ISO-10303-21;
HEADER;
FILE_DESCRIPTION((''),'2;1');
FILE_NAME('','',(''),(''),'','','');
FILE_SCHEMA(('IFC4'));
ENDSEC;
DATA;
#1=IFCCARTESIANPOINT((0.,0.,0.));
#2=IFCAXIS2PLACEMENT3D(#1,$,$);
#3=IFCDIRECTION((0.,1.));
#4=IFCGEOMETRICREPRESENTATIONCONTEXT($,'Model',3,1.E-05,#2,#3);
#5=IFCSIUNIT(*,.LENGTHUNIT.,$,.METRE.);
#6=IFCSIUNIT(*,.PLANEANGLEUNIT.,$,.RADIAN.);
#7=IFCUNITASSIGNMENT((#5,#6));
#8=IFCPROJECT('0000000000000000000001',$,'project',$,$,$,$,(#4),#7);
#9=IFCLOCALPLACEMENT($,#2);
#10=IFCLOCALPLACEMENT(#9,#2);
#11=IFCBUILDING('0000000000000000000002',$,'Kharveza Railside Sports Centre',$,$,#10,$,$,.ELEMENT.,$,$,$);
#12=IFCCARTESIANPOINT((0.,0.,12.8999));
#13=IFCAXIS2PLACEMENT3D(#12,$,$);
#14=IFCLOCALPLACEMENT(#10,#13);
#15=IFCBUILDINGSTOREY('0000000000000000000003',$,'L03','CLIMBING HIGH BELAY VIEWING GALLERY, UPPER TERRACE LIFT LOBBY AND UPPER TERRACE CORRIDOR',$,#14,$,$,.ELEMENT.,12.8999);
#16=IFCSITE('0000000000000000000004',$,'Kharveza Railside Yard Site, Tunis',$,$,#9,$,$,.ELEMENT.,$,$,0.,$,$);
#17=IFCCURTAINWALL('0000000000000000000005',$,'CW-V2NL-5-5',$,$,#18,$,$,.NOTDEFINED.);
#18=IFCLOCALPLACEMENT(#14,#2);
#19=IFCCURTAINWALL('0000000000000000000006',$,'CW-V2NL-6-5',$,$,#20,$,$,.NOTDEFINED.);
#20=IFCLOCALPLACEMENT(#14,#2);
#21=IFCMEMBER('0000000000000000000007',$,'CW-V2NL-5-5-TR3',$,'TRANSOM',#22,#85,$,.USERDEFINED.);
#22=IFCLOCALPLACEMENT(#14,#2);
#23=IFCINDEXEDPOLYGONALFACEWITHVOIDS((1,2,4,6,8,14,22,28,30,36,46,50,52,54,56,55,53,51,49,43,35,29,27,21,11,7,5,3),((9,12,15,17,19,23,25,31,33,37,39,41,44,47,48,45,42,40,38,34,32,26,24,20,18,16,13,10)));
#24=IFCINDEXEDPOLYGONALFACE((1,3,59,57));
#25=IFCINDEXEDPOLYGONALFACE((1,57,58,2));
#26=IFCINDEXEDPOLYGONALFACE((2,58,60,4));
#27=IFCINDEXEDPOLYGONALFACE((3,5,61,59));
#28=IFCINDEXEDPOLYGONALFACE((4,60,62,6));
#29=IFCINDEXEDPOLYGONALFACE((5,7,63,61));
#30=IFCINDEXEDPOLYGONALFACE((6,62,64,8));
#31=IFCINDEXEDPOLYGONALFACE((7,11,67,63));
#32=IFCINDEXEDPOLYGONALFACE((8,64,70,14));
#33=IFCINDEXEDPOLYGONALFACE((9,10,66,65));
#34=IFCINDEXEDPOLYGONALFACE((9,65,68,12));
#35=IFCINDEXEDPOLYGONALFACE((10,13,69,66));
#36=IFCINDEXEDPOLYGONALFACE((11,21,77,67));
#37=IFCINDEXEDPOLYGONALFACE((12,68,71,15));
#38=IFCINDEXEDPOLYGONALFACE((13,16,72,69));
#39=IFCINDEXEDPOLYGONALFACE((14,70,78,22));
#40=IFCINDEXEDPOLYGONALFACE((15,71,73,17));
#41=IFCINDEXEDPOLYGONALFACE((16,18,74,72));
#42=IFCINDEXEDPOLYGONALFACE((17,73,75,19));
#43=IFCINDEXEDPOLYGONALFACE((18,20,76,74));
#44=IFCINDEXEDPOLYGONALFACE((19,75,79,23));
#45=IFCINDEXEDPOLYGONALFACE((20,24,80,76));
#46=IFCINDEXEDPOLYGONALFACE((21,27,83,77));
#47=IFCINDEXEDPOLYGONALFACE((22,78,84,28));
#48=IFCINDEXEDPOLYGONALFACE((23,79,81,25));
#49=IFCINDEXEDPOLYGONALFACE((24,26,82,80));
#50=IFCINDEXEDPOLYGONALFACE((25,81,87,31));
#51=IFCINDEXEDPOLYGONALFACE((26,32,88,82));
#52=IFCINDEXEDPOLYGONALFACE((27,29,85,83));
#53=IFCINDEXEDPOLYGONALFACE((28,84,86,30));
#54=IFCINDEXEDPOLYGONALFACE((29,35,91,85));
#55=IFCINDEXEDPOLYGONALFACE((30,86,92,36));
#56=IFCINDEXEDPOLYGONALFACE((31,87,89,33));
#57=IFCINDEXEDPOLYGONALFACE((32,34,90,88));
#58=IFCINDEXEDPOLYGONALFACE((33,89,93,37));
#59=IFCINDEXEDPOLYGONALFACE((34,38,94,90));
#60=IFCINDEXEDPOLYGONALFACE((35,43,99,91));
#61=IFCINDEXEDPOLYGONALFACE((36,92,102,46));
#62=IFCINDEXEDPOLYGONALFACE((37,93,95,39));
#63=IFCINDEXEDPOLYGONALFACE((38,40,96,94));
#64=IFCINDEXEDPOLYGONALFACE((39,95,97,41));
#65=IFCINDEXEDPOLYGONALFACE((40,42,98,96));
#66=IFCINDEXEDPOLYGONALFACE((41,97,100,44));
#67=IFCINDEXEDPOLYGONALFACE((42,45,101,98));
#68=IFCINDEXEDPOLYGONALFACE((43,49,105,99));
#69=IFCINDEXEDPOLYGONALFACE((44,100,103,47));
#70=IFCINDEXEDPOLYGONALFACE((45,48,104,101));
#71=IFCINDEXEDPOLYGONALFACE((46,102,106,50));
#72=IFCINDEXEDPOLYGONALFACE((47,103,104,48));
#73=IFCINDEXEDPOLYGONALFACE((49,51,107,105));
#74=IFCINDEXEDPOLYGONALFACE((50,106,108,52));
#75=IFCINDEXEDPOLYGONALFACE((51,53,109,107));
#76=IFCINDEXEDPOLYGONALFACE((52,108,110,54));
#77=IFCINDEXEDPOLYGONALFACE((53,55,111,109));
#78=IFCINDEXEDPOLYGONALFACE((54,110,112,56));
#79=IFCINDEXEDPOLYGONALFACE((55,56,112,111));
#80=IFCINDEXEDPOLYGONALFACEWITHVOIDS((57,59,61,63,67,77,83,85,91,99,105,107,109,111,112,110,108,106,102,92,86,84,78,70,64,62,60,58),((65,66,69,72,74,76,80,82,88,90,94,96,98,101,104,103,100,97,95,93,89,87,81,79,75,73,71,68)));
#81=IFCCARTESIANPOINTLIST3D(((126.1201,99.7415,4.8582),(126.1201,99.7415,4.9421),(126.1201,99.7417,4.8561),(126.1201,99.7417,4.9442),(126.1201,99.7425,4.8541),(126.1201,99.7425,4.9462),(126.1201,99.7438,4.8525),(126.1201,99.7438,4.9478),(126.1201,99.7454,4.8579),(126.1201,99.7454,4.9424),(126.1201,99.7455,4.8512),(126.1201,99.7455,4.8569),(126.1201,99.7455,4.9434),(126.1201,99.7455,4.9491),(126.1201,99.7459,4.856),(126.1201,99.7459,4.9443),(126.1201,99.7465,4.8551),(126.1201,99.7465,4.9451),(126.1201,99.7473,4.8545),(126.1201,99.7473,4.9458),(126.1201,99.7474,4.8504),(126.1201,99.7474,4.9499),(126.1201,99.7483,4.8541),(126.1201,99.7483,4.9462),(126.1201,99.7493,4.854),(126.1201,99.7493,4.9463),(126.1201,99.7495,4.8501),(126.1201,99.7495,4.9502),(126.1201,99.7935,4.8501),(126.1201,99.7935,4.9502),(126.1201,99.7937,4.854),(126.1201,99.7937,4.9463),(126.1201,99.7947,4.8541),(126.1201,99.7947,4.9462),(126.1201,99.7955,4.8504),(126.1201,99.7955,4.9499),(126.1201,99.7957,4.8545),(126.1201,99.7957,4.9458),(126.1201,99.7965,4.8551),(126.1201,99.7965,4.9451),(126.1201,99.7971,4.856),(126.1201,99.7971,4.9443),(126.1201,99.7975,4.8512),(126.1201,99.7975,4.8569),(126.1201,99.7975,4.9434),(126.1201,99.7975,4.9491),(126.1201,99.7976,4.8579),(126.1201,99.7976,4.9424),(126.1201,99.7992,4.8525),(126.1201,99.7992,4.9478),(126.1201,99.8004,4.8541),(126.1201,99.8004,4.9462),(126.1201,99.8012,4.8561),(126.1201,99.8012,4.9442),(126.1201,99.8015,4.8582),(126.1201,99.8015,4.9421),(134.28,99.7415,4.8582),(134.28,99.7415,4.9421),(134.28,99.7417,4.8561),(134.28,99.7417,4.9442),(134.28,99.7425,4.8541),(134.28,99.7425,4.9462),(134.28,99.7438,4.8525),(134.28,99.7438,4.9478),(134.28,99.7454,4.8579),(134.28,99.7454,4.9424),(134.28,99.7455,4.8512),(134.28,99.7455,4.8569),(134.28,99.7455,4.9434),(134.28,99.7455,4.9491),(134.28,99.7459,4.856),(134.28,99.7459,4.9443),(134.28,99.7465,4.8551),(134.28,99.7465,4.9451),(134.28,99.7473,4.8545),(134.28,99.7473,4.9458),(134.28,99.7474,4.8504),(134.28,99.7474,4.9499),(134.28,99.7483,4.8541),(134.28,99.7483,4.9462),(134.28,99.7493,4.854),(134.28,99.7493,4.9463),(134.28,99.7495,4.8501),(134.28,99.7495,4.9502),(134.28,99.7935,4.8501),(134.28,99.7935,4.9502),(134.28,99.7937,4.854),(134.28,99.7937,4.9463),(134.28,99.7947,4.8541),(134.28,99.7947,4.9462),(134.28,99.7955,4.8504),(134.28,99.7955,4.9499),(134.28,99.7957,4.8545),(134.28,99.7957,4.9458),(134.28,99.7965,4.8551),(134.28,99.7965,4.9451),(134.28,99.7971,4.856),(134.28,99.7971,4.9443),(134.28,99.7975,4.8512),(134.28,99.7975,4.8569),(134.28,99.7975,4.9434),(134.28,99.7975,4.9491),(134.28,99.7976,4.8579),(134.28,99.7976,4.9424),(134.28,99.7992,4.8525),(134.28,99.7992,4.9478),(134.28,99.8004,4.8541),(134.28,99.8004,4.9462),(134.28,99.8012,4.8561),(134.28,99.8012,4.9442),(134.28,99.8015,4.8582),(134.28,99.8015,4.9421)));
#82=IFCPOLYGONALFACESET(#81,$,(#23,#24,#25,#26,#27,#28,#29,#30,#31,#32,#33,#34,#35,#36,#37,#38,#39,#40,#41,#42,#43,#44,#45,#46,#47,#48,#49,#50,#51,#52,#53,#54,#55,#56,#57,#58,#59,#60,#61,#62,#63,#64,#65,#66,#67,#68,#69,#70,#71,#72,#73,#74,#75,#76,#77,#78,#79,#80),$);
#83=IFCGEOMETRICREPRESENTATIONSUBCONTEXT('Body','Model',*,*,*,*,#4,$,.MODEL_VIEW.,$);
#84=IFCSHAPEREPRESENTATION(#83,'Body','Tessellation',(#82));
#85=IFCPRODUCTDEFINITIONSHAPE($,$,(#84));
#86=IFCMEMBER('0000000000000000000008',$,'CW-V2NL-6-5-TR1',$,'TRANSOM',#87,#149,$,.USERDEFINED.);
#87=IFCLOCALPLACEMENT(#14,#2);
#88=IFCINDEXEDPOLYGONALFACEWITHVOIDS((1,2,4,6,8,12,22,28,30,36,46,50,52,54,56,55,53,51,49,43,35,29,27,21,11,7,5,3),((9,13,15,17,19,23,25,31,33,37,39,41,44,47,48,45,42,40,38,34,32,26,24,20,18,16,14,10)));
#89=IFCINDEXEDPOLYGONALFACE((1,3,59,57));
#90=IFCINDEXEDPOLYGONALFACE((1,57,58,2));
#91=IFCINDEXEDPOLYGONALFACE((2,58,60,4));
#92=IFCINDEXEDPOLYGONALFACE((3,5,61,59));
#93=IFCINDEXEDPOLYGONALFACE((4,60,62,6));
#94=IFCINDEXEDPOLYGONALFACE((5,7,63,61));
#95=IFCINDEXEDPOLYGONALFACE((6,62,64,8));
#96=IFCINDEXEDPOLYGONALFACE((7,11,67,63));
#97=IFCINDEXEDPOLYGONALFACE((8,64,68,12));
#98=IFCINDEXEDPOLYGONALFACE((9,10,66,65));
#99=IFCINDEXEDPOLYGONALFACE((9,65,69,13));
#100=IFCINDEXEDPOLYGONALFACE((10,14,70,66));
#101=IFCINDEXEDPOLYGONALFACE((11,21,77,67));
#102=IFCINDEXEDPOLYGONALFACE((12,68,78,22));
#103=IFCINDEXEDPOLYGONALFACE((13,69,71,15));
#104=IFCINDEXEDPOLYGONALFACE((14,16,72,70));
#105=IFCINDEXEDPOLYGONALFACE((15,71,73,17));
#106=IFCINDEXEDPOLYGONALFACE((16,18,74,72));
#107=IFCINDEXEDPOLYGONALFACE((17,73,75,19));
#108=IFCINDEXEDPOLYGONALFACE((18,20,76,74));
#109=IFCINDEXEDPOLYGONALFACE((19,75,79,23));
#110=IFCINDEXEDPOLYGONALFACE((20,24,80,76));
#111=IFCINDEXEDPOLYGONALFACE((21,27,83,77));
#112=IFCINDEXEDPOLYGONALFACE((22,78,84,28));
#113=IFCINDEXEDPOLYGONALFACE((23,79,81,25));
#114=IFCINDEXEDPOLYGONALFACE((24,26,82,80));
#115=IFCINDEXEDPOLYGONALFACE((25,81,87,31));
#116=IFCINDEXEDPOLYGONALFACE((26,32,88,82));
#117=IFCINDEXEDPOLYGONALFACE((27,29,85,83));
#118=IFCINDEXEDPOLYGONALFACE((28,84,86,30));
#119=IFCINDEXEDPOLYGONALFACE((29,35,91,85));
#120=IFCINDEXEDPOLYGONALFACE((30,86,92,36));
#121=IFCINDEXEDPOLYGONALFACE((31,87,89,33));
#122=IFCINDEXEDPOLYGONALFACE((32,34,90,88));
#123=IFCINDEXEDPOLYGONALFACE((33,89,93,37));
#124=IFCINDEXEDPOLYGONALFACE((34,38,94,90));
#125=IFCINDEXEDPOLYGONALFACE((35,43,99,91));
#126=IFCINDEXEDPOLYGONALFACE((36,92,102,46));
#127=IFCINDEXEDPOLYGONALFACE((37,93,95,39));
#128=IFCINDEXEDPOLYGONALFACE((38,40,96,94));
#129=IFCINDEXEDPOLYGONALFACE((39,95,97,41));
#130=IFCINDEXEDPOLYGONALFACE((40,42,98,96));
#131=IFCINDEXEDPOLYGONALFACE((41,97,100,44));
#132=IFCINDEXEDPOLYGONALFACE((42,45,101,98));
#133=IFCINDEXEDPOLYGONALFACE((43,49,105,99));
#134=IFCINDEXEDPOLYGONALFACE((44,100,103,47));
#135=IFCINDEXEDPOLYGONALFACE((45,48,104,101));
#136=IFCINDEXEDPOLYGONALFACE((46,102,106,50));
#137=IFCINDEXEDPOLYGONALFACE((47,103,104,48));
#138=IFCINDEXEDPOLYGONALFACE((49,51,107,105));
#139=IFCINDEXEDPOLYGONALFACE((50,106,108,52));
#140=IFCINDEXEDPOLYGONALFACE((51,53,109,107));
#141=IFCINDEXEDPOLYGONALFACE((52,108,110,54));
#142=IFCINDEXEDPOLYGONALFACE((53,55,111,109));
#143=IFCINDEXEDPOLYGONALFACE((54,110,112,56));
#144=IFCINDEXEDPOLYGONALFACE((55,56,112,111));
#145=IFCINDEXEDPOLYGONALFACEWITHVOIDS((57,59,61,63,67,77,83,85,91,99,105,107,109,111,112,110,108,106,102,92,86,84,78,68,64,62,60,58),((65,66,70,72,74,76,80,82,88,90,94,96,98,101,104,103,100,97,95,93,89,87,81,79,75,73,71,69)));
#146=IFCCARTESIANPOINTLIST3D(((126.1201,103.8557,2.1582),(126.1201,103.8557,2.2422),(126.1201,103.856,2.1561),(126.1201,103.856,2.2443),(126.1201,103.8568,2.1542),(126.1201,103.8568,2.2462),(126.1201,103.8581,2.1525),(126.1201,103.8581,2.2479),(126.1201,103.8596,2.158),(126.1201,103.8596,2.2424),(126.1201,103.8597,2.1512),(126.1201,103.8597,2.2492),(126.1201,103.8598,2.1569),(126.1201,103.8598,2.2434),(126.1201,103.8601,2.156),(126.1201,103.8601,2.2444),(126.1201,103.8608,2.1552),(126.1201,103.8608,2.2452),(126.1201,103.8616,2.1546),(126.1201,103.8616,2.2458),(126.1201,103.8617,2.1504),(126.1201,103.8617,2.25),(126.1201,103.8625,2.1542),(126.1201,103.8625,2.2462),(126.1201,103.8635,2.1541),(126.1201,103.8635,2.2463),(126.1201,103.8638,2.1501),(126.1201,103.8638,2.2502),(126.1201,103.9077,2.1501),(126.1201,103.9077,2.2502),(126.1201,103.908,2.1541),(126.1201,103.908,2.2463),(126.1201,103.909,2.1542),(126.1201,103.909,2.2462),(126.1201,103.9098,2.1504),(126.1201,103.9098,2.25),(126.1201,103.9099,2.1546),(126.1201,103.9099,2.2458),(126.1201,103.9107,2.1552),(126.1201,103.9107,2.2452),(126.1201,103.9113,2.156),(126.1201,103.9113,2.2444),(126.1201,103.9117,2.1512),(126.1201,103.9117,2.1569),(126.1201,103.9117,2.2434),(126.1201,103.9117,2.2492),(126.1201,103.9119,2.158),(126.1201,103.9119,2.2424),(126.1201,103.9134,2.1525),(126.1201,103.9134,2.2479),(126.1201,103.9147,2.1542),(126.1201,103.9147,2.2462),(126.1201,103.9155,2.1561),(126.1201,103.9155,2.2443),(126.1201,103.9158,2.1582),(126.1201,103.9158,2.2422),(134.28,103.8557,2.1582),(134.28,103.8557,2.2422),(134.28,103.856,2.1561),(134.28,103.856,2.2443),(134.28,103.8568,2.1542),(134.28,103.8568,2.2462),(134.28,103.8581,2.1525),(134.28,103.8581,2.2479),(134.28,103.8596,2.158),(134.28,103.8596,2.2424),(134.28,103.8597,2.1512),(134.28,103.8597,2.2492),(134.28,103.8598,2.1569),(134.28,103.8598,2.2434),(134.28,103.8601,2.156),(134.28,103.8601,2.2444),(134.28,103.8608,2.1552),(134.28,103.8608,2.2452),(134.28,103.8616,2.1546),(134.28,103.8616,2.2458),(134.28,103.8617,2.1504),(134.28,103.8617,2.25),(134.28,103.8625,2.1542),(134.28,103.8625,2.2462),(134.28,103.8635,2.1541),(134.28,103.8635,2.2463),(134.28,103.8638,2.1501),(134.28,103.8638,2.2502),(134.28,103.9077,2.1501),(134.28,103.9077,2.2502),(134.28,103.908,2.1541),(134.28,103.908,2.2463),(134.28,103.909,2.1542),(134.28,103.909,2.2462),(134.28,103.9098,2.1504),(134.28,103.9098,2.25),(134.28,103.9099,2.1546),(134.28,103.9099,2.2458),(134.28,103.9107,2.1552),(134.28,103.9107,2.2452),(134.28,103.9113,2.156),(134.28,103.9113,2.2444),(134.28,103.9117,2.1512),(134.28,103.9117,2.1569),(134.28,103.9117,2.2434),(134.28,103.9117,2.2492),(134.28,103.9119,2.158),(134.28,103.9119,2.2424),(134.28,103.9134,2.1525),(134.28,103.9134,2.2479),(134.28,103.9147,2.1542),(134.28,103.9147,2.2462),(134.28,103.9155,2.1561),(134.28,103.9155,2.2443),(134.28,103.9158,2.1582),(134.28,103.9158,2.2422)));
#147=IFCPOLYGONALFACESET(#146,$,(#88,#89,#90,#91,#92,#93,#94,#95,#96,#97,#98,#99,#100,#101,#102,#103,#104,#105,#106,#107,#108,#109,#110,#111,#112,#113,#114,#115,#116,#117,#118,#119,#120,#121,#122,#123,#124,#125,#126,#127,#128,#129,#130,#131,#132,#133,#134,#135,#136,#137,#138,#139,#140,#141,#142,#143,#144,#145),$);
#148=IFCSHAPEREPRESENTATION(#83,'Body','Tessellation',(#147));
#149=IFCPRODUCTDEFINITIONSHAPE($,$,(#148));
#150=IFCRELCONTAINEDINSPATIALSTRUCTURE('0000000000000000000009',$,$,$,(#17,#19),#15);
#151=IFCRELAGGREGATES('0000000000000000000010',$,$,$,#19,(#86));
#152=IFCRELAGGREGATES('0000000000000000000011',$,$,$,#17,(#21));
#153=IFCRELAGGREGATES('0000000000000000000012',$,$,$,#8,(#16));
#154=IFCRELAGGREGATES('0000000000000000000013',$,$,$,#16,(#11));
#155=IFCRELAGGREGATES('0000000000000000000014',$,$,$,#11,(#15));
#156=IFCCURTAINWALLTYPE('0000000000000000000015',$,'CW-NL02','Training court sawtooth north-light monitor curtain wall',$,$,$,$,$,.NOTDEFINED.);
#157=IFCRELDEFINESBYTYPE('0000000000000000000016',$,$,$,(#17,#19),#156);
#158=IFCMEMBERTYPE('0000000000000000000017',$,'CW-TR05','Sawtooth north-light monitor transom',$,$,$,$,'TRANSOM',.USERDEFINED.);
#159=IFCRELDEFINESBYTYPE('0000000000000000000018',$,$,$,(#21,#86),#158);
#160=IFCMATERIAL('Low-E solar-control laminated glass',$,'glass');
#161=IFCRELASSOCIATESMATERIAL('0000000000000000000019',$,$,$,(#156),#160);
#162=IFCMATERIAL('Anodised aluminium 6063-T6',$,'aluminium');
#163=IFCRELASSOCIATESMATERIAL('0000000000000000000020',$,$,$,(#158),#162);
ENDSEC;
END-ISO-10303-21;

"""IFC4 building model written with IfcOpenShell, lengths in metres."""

from ifc_helpers import new_model, si_unit, direction, frame, origin, origin_2d, place, context, subcontext, project, spatial, hollow_rectangle, extrude, material, material_profile, profile_set, type_object, element, aggregate, save


model = new_model("IFC4")

# Units and contexts
model_context = context("Model", 3, precision=1e-05, world=origin(), true_north=direction((0.0, 1.0)))
body_context = subcontext(model_context, "Body", "Model", "MODEL_VIEW")
ifc_project = project(units=[si_unit("LENGTHUNIT", "METRE"), si_unit("PLANEANGLEUNIT", "RADIAN")], contexts=[model_context])

# Site, building, storey
site_placement = place(None, origin())
site = spatial("IfcSite", under=ifc_project, at=site_placement, Name="Kharveza Railside Yard Site, Tunis", CompositionType="ELEMENT", RefElevation=0.0)
building_placement = place(site_placement, origin())
building = spatial("IfcBuilding", under=site, at=building_placement, Name="Kharveza Railside Sports Centre", CompositionType="ELEMENT")
storey_placement = place(building_placement, frame((0.0, 0.0, 12.8999)))
storey = spatial("IfcBuildingStorey", under=building, at=storey_placement, Name="L03", Description="CLIMBING HIGH BELAY VIEWING GALLERY, UPPER TERRACE LIFT LOBBY AND UPPER TERRACE CORRIDOR", CompositionType="ELEMENT", Elevation=12.8999)

# Curtain wall
ifc_material_1 = material(Name="Low-E solar-control laminated glass", Category="glass")
curtain_wall_type = type_object("IfcCurtainWallType", Name="CW-NL02", Description="Training court sawtooth north-light monitor curtain wall", PredefinedType="NOTDEFINED", material=ifc_material_1)
curtain_wall_1_placement = place(storey_placement, origin())
curtain_wall_1 = element("IfcCurtainWall", 1, at=curtain_wall_1_placement, inside=storey, type_object=curtain_wall_type, Name="CW-V2NL-5-5", PredefinedType="NOTDEFINED")
ifc_material_2 = material(Name="Anodised aluminium 6063-T6", Category="aluminium")

# Curtain wall
curtain_wall_2_placement = place(storey_placement, origin())
curtain_wall_2 = element("IfcCurtainWall", 2, at=curtain_wall_2_placement, inside=storey, type_object=curtain_wall_type, Name="CW-V2NL-6-5", PredefinedType="NOTDEFINED")

# Members
ifc_material_profile_1 = material_profile(ifc_material_2, hollow_rectangle(XDim=0.0601, YDim=0.1001, WallThickness=0.0039, InnerFilletRadius=0.0039, OuterFilletRadius=0.0081, at=origin_2d()), Name="RHS 60x100x4.0")
ifc_profile_set_1 = profile_set([ifc_material_profile_1], Name="Anodised aluminium 6063-T6")
member_type_1 = type_object("IfcMemberType", Name="CW-TR05", Description="Sawtooth north-light monitor transom", ElementType="TRANSOM", PredefinedType="USERDEFINED", material=ifc_profile_set_1)
member_1_placement = place(storey_placement, frame((126.1201, 99.7715, 4.9001), z_axis=(1.0, 0.0, 0.0), x_axis=(0.0, 1.0, 0.0)))
member_1 = element("IfcMember", 3, at=member_1_placement, type_object=member_type_1, Name="CW-V2NL-5-5-TR3", ObjectType="TRANSOM", PredefinedType="USERDEFINED", context=body_context, shape_type="SweptSolid", body=[
    extrude(hollow_rectangle(XDim=0.0601, YDim=0.1001, WallThickness=0.0039, InnerFilletRadius=0.0039, OuterFilletRadius=0.0081, at=origin_2d()), origin(), (0.0, 0.0, 1.0), 8.1599),
])
member_2_placement = place(storey_placement, frame((126.1201, 103.8857, 2.2002), z_axis=(1.0, 0.0, 0.0), x_axis=(0.0, 1.0, 0.0)))
member_2 = element("IfcMember", 4, at=member_2_placement, type_object=member_type_1, Name="CW-V2NL-6-5-TR1", ObjectType="TRANSOM", PredefinedType="USERDEFINED", context=body_context, shape_type="SweptSolid", body=[
    extrude(hollow_rectangle(XDim=0.0601, YDim=0.1001, WallThickness=0.0039, InnerFilletRadius=0.0039, OuterFilletRadius=0.0081, at=origin_2d()), origin(), (0.0, 0.0, 1.0), 8.1599),
])
aggregate(curtain_wall_2, [member_2])

aggregate(curtain_wall_1, [member_1])

save(model, "model.ifc")
